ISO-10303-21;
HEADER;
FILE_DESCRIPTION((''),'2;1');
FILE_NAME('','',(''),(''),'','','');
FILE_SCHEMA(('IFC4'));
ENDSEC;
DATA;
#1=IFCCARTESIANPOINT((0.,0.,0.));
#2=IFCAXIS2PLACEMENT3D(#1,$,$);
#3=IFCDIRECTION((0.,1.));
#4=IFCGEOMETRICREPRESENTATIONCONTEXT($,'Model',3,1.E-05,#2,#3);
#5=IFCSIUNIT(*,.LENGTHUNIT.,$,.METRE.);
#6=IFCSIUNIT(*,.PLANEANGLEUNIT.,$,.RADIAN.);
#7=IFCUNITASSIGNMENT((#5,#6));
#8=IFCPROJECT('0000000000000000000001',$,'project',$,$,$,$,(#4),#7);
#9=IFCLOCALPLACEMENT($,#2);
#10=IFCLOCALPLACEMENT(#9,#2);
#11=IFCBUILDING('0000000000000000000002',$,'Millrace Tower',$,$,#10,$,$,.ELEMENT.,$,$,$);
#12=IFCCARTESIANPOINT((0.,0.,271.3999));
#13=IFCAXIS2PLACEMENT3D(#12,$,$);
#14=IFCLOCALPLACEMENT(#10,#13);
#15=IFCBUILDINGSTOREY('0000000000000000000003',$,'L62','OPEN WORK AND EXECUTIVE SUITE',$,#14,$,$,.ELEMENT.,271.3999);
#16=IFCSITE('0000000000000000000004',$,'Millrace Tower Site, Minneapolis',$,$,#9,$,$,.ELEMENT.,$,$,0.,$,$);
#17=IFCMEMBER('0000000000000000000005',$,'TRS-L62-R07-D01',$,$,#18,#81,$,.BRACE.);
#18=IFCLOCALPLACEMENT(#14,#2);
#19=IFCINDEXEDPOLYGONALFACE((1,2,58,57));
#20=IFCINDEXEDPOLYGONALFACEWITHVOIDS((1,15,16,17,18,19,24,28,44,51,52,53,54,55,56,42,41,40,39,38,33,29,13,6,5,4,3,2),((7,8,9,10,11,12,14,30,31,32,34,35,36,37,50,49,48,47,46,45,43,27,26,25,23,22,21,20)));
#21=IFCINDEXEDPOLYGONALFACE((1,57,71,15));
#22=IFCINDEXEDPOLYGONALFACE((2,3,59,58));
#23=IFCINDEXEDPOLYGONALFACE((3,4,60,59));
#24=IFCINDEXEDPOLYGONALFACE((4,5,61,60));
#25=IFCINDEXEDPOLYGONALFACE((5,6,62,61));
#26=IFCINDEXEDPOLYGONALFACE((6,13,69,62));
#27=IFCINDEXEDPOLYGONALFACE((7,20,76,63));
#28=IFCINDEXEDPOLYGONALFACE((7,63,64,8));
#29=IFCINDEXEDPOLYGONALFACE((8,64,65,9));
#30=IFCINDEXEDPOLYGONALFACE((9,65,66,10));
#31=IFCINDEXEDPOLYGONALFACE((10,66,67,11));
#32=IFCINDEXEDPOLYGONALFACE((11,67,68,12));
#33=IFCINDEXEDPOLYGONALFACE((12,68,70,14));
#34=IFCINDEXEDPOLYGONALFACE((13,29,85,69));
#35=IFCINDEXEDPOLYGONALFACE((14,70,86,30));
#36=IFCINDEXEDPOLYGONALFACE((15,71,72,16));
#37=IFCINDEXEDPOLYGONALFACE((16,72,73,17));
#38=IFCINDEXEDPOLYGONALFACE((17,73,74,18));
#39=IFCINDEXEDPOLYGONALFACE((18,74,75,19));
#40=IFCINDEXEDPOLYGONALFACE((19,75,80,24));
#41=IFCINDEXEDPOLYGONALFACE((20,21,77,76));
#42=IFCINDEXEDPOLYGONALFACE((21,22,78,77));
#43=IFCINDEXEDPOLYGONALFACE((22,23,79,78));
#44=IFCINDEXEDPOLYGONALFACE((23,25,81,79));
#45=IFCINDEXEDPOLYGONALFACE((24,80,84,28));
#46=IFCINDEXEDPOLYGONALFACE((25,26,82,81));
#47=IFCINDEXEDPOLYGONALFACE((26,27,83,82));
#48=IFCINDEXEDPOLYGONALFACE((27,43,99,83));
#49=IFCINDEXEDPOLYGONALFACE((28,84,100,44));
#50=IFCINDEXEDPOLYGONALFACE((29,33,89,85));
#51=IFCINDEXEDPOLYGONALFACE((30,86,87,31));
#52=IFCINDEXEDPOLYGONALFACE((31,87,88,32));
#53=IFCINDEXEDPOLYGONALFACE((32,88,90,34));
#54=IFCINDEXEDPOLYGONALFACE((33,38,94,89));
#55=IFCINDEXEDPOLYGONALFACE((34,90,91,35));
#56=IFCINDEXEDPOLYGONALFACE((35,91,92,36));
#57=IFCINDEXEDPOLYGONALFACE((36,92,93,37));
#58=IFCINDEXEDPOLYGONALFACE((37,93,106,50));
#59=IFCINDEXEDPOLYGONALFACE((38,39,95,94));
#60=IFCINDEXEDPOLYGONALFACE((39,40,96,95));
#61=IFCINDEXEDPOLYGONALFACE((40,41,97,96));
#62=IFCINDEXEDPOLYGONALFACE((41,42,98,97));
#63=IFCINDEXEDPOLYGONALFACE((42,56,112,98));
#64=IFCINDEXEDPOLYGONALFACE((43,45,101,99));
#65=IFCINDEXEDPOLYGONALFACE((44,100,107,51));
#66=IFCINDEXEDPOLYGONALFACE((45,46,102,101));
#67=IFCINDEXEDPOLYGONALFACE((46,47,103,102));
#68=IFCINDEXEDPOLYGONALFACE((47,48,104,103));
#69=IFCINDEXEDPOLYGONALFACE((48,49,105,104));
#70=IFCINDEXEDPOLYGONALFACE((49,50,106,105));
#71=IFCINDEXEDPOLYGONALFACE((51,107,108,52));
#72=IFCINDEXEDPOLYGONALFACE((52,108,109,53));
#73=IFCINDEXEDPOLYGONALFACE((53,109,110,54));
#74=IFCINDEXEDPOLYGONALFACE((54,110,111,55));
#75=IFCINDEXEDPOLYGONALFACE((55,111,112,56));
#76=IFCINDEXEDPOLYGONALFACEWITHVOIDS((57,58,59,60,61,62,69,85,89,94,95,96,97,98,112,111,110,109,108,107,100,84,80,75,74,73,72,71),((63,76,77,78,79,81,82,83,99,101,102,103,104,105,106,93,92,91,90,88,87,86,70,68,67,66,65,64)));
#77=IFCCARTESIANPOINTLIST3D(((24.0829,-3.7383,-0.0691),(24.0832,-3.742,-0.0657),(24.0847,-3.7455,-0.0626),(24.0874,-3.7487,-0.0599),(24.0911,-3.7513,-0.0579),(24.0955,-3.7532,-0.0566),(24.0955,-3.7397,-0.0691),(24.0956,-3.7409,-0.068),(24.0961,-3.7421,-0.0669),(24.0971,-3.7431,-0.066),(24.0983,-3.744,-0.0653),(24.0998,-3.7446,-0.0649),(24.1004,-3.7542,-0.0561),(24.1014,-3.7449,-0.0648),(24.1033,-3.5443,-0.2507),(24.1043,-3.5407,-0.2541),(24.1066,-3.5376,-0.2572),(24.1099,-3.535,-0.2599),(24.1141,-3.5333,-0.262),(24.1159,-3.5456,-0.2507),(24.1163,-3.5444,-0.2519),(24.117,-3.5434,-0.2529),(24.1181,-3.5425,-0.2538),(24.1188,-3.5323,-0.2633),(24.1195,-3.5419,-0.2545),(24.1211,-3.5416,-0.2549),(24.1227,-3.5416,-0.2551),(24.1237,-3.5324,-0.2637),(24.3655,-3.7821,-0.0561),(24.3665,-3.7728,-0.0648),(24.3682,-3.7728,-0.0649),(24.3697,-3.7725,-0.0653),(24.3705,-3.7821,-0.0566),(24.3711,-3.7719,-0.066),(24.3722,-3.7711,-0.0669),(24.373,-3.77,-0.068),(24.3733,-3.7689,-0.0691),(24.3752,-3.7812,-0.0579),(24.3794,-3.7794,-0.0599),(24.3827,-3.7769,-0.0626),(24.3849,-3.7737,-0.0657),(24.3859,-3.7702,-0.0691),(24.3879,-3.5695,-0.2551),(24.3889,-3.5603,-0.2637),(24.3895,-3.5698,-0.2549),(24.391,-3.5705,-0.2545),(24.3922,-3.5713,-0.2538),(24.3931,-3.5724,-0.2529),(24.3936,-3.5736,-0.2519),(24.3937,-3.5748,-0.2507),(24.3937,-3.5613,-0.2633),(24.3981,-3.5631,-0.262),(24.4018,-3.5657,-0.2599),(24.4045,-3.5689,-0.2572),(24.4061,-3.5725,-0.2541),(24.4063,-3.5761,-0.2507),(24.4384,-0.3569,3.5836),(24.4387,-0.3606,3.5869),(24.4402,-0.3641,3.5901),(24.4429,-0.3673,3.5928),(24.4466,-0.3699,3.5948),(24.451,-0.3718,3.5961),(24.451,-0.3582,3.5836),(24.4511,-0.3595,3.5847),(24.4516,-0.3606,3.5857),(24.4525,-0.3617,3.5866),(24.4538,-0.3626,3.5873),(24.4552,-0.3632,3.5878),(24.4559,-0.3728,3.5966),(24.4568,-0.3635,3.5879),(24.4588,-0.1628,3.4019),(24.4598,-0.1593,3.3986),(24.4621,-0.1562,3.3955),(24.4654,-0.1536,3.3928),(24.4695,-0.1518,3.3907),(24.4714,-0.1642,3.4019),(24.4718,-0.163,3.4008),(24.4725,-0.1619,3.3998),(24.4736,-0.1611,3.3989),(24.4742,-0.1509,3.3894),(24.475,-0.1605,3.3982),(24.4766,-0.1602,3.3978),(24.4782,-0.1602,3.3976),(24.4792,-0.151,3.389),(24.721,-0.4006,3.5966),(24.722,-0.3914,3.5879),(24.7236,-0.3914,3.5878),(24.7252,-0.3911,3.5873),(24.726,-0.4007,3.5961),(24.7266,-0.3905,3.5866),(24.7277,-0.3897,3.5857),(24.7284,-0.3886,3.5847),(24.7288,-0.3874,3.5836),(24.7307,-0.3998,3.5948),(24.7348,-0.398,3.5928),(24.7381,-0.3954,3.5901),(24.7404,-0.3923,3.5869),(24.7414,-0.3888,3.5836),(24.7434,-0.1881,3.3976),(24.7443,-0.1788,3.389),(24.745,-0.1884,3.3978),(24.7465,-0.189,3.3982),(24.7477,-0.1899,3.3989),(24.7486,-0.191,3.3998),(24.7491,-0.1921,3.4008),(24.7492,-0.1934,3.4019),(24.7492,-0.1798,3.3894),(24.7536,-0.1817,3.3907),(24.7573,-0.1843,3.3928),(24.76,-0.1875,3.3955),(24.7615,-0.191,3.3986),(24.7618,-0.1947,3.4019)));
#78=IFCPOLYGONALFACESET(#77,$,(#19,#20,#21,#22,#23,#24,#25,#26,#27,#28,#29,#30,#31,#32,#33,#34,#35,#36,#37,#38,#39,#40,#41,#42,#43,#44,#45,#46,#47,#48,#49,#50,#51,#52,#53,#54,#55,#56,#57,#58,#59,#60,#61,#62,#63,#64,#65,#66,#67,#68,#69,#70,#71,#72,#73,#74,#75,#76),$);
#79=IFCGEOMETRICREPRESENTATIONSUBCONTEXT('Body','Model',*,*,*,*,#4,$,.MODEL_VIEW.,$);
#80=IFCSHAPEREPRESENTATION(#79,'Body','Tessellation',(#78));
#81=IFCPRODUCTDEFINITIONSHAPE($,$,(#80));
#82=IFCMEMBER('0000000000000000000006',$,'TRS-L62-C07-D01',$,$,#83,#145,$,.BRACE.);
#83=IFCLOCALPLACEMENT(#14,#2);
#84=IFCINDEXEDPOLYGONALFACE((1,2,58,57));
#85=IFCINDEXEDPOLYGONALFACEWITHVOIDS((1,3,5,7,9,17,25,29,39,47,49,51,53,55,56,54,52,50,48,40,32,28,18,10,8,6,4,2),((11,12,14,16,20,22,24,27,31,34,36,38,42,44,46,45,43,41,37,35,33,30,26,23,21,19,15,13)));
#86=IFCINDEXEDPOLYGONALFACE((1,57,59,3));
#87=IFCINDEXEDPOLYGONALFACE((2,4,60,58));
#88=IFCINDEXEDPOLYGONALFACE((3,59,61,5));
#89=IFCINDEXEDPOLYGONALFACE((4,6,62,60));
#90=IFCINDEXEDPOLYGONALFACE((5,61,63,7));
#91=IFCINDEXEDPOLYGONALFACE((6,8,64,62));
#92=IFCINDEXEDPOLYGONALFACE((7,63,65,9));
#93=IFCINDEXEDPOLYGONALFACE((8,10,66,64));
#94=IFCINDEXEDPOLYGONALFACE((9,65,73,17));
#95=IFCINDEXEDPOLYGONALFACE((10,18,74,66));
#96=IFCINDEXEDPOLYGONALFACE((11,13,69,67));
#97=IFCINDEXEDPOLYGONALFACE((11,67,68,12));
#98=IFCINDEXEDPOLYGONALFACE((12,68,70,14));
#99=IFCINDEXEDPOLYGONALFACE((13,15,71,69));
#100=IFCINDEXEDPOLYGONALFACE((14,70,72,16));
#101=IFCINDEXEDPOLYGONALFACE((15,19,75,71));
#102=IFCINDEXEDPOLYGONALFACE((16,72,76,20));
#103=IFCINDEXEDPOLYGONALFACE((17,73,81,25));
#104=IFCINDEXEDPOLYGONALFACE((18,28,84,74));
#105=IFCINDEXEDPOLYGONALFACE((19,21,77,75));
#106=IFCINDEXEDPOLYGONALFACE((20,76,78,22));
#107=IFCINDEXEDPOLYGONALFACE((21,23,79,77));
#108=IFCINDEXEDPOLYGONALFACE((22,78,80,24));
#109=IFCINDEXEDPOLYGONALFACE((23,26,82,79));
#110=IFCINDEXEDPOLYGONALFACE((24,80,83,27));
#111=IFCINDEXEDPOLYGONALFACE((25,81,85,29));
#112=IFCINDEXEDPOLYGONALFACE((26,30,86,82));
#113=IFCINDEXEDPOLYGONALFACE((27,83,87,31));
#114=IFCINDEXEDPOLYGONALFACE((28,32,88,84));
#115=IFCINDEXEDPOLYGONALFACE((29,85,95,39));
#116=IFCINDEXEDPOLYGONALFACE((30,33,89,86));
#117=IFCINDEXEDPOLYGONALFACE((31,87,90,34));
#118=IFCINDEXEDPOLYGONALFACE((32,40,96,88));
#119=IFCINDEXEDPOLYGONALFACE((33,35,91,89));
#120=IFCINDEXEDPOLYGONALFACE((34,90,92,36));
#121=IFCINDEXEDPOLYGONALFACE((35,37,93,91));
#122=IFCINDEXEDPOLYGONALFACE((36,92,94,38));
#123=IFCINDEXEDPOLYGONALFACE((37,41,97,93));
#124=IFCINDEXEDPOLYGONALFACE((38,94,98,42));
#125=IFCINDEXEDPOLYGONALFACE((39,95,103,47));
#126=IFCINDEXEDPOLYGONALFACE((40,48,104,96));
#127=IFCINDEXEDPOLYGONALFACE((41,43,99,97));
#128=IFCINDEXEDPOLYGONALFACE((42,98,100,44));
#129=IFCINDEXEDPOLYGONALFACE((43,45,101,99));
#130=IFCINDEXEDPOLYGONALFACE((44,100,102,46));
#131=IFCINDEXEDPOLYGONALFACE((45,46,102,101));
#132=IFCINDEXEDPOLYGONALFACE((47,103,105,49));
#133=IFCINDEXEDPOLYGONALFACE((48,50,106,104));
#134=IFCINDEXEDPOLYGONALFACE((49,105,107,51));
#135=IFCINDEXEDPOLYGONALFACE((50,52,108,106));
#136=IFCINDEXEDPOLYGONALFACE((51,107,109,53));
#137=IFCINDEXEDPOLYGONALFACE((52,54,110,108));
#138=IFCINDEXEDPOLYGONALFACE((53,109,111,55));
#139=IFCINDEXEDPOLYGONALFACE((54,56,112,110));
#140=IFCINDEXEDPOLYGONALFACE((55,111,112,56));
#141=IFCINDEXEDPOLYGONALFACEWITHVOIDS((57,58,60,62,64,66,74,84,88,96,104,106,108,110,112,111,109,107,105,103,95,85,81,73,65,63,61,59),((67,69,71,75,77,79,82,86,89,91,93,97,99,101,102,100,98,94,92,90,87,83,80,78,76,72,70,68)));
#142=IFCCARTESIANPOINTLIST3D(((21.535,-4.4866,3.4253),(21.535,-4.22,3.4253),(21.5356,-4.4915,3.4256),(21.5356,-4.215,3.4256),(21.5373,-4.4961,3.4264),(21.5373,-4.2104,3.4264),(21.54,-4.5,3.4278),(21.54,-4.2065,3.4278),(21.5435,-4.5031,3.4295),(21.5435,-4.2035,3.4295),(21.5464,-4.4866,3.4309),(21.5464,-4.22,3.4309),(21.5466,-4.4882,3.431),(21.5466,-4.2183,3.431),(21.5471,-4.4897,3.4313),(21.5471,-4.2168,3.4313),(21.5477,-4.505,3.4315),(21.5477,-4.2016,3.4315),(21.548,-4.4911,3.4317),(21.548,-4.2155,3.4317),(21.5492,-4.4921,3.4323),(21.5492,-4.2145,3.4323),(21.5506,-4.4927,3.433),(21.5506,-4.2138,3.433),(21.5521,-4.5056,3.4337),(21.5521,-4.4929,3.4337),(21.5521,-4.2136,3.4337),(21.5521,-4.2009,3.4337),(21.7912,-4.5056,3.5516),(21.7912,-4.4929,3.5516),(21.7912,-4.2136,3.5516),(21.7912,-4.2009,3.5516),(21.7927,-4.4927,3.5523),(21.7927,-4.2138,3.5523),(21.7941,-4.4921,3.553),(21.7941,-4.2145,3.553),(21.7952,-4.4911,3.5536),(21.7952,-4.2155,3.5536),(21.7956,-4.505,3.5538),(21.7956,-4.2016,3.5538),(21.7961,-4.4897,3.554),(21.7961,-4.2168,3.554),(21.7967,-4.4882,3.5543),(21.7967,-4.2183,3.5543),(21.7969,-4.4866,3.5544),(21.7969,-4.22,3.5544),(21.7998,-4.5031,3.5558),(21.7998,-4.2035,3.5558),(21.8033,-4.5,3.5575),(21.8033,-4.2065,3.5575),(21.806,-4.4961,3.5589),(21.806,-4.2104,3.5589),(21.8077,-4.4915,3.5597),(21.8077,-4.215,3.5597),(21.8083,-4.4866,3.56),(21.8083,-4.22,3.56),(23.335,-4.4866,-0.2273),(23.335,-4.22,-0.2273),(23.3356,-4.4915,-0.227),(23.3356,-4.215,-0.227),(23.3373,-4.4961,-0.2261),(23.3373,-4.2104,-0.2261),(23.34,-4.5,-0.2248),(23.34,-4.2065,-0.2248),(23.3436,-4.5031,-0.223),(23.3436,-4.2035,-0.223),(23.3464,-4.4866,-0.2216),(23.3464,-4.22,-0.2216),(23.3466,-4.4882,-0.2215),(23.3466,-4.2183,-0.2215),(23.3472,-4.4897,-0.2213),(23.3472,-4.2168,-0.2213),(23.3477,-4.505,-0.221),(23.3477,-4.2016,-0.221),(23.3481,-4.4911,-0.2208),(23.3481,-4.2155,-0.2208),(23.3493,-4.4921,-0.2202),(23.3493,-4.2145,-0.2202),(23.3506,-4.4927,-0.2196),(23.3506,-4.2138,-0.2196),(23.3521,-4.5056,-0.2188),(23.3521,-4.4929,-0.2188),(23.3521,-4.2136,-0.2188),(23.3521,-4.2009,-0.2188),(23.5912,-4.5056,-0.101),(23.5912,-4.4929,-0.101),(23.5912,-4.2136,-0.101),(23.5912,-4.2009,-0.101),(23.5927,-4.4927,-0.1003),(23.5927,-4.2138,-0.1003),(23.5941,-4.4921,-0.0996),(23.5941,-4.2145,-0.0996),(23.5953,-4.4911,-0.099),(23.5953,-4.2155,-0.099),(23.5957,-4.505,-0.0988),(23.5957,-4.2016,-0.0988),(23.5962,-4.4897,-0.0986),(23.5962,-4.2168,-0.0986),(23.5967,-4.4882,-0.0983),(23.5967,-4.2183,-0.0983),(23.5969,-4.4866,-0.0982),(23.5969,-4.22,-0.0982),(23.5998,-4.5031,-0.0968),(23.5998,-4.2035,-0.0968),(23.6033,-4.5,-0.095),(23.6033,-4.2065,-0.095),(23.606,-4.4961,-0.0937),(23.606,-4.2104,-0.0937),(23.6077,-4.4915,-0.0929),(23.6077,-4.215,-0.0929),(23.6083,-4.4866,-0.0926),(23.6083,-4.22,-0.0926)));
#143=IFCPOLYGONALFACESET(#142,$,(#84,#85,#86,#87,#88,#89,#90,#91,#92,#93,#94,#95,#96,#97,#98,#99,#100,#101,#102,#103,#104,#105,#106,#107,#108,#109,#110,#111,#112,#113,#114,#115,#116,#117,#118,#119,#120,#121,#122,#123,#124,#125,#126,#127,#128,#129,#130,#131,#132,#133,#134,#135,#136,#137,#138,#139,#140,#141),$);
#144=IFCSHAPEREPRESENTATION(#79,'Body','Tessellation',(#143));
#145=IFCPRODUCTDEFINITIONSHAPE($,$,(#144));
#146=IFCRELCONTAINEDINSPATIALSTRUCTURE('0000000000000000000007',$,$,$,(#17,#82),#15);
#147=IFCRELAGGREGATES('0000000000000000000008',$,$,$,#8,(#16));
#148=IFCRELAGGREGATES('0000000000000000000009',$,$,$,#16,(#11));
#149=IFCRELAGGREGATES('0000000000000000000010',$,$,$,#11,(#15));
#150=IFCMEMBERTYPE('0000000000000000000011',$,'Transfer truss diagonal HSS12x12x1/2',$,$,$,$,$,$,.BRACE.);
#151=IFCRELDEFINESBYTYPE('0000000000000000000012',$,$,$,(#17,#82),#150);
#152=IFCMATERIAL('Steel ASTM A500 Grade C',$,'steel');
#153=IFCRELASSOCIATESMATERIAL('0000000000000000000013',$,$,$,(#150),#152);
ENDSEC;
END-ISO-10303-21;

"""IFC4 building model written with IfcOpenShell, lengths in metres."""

from ifc_helpers import new_model, si_unit, direction, frame, origin, origin_2d, place, context, subcontext, project, spatial, hollow_rectangle, extrude, material, material_profile, profile_set, type_object, element, save


model = new_model("IFC4")

# Units and contexts
model_context = context("Model", 3, precision=1e-05, world=origin(), true_north=direction((0.0, 1.0)))
body_context = subcontext(model_context, "Body", "Model", "MODEL_VIEW")
ifc_project = project(units=[si_unit("LENGTHUNIT", "METRE"), si_unit("PLANEANGLEUNIT", "RADIAN")], contexts=[model_context])

# Site, building, storey
site_placement = place(None, origin())
site = spatial("IfcSite", under=ifc_project, at=site_placement, Name="Millrace Tower Site, Minneapolis", CompositionType="ELEMENT", RefElevation=0.0)
building_placement = place(site_placement, origin())
building = spatial("IfcBuilding", under=site, at=building_placement, Name="Millrace Tower", CompositionType="ELEMENT")
storey_placement = place(building_placement, frame((0.0, 0.0, 271.3999)))
storey = spatial("IfcBuildingStorey", under=building, at=storey_placement, Name="L62", Description="OPEN WORK AND EXECUTIVE SUITE", CompositionType="ELEMENT", Elevation=271.3999)

# Members
ifc_material_1 = material(Name="Steel ASTM A500 Grade C", Category="steel")
ifc_material_profile_1 = material_profile(ifc_material_1, hollow_rectangle(XDim=0.3047, YDim=0.3047, WallThickness=0.0127, InnerFilletRadius=0.0063, OuterFilletRadius=0.019, at=origin_2d()))
ifc_profile_set_1 = profile_set([ifc_material_profile_1], Name="Steel ASTM A500 Grade C")
member_type_1 = type_object("IfcMemberType", Name="Transfer truss diagonal HSS12x12x1/2", PredefinedType="BRACE", material=ifc_profile_set_1)
member_1_placement = place(storey_placement, frame((24.2446, -3.6572, -0.1599), z_axis=(0.071235, 0.677609, 0.731964), x_axis=(-0.99452, 0.10455, 0.0)))
element("IfcMember", 1, at=member_1_placement, inside=storey, type_object=member_type_1, Name="TRS-L62-R07-D01", PredefinedType="BRACE", context=body_context, shape_type="SweptSolid", body=[
    extrude(hollow_rectangle(XDim=0.3047, YDim=0.3047, WallThickness=0.0127, InnerFilletRadius=0.0063, OuterFilletRadius=0.019, at=origin_2d()), origin(), (0.0, 0.0, 1.0), 4.9902),
])
member_2_placement = place(storey_placement, frame((23.4717, -4.3533, -0.1599), z_axis=(-0.44205, 0.0, 0.89699), x_axis=(0.0, -1.0, 0.0)))
element("IfcMember", 2, at=member_2_placement, inside=storey, type_object=member_type_1, Name="TRS-L62-C07-D01", PredefinedType="BRACE", context=body_context, shape_type="SweptSolid", body=[
    extrude(hollow_rectangle(XDim=0.3047, YDim=0.3047, WallThickness=0.0127, InnerFilletRadius=0.0063, OuterFilletRadius=0.019, at=origin_2d()), origin(), (0.0, 0.0, 1.0), 4.072),
])

save(model, "model.ifc")
